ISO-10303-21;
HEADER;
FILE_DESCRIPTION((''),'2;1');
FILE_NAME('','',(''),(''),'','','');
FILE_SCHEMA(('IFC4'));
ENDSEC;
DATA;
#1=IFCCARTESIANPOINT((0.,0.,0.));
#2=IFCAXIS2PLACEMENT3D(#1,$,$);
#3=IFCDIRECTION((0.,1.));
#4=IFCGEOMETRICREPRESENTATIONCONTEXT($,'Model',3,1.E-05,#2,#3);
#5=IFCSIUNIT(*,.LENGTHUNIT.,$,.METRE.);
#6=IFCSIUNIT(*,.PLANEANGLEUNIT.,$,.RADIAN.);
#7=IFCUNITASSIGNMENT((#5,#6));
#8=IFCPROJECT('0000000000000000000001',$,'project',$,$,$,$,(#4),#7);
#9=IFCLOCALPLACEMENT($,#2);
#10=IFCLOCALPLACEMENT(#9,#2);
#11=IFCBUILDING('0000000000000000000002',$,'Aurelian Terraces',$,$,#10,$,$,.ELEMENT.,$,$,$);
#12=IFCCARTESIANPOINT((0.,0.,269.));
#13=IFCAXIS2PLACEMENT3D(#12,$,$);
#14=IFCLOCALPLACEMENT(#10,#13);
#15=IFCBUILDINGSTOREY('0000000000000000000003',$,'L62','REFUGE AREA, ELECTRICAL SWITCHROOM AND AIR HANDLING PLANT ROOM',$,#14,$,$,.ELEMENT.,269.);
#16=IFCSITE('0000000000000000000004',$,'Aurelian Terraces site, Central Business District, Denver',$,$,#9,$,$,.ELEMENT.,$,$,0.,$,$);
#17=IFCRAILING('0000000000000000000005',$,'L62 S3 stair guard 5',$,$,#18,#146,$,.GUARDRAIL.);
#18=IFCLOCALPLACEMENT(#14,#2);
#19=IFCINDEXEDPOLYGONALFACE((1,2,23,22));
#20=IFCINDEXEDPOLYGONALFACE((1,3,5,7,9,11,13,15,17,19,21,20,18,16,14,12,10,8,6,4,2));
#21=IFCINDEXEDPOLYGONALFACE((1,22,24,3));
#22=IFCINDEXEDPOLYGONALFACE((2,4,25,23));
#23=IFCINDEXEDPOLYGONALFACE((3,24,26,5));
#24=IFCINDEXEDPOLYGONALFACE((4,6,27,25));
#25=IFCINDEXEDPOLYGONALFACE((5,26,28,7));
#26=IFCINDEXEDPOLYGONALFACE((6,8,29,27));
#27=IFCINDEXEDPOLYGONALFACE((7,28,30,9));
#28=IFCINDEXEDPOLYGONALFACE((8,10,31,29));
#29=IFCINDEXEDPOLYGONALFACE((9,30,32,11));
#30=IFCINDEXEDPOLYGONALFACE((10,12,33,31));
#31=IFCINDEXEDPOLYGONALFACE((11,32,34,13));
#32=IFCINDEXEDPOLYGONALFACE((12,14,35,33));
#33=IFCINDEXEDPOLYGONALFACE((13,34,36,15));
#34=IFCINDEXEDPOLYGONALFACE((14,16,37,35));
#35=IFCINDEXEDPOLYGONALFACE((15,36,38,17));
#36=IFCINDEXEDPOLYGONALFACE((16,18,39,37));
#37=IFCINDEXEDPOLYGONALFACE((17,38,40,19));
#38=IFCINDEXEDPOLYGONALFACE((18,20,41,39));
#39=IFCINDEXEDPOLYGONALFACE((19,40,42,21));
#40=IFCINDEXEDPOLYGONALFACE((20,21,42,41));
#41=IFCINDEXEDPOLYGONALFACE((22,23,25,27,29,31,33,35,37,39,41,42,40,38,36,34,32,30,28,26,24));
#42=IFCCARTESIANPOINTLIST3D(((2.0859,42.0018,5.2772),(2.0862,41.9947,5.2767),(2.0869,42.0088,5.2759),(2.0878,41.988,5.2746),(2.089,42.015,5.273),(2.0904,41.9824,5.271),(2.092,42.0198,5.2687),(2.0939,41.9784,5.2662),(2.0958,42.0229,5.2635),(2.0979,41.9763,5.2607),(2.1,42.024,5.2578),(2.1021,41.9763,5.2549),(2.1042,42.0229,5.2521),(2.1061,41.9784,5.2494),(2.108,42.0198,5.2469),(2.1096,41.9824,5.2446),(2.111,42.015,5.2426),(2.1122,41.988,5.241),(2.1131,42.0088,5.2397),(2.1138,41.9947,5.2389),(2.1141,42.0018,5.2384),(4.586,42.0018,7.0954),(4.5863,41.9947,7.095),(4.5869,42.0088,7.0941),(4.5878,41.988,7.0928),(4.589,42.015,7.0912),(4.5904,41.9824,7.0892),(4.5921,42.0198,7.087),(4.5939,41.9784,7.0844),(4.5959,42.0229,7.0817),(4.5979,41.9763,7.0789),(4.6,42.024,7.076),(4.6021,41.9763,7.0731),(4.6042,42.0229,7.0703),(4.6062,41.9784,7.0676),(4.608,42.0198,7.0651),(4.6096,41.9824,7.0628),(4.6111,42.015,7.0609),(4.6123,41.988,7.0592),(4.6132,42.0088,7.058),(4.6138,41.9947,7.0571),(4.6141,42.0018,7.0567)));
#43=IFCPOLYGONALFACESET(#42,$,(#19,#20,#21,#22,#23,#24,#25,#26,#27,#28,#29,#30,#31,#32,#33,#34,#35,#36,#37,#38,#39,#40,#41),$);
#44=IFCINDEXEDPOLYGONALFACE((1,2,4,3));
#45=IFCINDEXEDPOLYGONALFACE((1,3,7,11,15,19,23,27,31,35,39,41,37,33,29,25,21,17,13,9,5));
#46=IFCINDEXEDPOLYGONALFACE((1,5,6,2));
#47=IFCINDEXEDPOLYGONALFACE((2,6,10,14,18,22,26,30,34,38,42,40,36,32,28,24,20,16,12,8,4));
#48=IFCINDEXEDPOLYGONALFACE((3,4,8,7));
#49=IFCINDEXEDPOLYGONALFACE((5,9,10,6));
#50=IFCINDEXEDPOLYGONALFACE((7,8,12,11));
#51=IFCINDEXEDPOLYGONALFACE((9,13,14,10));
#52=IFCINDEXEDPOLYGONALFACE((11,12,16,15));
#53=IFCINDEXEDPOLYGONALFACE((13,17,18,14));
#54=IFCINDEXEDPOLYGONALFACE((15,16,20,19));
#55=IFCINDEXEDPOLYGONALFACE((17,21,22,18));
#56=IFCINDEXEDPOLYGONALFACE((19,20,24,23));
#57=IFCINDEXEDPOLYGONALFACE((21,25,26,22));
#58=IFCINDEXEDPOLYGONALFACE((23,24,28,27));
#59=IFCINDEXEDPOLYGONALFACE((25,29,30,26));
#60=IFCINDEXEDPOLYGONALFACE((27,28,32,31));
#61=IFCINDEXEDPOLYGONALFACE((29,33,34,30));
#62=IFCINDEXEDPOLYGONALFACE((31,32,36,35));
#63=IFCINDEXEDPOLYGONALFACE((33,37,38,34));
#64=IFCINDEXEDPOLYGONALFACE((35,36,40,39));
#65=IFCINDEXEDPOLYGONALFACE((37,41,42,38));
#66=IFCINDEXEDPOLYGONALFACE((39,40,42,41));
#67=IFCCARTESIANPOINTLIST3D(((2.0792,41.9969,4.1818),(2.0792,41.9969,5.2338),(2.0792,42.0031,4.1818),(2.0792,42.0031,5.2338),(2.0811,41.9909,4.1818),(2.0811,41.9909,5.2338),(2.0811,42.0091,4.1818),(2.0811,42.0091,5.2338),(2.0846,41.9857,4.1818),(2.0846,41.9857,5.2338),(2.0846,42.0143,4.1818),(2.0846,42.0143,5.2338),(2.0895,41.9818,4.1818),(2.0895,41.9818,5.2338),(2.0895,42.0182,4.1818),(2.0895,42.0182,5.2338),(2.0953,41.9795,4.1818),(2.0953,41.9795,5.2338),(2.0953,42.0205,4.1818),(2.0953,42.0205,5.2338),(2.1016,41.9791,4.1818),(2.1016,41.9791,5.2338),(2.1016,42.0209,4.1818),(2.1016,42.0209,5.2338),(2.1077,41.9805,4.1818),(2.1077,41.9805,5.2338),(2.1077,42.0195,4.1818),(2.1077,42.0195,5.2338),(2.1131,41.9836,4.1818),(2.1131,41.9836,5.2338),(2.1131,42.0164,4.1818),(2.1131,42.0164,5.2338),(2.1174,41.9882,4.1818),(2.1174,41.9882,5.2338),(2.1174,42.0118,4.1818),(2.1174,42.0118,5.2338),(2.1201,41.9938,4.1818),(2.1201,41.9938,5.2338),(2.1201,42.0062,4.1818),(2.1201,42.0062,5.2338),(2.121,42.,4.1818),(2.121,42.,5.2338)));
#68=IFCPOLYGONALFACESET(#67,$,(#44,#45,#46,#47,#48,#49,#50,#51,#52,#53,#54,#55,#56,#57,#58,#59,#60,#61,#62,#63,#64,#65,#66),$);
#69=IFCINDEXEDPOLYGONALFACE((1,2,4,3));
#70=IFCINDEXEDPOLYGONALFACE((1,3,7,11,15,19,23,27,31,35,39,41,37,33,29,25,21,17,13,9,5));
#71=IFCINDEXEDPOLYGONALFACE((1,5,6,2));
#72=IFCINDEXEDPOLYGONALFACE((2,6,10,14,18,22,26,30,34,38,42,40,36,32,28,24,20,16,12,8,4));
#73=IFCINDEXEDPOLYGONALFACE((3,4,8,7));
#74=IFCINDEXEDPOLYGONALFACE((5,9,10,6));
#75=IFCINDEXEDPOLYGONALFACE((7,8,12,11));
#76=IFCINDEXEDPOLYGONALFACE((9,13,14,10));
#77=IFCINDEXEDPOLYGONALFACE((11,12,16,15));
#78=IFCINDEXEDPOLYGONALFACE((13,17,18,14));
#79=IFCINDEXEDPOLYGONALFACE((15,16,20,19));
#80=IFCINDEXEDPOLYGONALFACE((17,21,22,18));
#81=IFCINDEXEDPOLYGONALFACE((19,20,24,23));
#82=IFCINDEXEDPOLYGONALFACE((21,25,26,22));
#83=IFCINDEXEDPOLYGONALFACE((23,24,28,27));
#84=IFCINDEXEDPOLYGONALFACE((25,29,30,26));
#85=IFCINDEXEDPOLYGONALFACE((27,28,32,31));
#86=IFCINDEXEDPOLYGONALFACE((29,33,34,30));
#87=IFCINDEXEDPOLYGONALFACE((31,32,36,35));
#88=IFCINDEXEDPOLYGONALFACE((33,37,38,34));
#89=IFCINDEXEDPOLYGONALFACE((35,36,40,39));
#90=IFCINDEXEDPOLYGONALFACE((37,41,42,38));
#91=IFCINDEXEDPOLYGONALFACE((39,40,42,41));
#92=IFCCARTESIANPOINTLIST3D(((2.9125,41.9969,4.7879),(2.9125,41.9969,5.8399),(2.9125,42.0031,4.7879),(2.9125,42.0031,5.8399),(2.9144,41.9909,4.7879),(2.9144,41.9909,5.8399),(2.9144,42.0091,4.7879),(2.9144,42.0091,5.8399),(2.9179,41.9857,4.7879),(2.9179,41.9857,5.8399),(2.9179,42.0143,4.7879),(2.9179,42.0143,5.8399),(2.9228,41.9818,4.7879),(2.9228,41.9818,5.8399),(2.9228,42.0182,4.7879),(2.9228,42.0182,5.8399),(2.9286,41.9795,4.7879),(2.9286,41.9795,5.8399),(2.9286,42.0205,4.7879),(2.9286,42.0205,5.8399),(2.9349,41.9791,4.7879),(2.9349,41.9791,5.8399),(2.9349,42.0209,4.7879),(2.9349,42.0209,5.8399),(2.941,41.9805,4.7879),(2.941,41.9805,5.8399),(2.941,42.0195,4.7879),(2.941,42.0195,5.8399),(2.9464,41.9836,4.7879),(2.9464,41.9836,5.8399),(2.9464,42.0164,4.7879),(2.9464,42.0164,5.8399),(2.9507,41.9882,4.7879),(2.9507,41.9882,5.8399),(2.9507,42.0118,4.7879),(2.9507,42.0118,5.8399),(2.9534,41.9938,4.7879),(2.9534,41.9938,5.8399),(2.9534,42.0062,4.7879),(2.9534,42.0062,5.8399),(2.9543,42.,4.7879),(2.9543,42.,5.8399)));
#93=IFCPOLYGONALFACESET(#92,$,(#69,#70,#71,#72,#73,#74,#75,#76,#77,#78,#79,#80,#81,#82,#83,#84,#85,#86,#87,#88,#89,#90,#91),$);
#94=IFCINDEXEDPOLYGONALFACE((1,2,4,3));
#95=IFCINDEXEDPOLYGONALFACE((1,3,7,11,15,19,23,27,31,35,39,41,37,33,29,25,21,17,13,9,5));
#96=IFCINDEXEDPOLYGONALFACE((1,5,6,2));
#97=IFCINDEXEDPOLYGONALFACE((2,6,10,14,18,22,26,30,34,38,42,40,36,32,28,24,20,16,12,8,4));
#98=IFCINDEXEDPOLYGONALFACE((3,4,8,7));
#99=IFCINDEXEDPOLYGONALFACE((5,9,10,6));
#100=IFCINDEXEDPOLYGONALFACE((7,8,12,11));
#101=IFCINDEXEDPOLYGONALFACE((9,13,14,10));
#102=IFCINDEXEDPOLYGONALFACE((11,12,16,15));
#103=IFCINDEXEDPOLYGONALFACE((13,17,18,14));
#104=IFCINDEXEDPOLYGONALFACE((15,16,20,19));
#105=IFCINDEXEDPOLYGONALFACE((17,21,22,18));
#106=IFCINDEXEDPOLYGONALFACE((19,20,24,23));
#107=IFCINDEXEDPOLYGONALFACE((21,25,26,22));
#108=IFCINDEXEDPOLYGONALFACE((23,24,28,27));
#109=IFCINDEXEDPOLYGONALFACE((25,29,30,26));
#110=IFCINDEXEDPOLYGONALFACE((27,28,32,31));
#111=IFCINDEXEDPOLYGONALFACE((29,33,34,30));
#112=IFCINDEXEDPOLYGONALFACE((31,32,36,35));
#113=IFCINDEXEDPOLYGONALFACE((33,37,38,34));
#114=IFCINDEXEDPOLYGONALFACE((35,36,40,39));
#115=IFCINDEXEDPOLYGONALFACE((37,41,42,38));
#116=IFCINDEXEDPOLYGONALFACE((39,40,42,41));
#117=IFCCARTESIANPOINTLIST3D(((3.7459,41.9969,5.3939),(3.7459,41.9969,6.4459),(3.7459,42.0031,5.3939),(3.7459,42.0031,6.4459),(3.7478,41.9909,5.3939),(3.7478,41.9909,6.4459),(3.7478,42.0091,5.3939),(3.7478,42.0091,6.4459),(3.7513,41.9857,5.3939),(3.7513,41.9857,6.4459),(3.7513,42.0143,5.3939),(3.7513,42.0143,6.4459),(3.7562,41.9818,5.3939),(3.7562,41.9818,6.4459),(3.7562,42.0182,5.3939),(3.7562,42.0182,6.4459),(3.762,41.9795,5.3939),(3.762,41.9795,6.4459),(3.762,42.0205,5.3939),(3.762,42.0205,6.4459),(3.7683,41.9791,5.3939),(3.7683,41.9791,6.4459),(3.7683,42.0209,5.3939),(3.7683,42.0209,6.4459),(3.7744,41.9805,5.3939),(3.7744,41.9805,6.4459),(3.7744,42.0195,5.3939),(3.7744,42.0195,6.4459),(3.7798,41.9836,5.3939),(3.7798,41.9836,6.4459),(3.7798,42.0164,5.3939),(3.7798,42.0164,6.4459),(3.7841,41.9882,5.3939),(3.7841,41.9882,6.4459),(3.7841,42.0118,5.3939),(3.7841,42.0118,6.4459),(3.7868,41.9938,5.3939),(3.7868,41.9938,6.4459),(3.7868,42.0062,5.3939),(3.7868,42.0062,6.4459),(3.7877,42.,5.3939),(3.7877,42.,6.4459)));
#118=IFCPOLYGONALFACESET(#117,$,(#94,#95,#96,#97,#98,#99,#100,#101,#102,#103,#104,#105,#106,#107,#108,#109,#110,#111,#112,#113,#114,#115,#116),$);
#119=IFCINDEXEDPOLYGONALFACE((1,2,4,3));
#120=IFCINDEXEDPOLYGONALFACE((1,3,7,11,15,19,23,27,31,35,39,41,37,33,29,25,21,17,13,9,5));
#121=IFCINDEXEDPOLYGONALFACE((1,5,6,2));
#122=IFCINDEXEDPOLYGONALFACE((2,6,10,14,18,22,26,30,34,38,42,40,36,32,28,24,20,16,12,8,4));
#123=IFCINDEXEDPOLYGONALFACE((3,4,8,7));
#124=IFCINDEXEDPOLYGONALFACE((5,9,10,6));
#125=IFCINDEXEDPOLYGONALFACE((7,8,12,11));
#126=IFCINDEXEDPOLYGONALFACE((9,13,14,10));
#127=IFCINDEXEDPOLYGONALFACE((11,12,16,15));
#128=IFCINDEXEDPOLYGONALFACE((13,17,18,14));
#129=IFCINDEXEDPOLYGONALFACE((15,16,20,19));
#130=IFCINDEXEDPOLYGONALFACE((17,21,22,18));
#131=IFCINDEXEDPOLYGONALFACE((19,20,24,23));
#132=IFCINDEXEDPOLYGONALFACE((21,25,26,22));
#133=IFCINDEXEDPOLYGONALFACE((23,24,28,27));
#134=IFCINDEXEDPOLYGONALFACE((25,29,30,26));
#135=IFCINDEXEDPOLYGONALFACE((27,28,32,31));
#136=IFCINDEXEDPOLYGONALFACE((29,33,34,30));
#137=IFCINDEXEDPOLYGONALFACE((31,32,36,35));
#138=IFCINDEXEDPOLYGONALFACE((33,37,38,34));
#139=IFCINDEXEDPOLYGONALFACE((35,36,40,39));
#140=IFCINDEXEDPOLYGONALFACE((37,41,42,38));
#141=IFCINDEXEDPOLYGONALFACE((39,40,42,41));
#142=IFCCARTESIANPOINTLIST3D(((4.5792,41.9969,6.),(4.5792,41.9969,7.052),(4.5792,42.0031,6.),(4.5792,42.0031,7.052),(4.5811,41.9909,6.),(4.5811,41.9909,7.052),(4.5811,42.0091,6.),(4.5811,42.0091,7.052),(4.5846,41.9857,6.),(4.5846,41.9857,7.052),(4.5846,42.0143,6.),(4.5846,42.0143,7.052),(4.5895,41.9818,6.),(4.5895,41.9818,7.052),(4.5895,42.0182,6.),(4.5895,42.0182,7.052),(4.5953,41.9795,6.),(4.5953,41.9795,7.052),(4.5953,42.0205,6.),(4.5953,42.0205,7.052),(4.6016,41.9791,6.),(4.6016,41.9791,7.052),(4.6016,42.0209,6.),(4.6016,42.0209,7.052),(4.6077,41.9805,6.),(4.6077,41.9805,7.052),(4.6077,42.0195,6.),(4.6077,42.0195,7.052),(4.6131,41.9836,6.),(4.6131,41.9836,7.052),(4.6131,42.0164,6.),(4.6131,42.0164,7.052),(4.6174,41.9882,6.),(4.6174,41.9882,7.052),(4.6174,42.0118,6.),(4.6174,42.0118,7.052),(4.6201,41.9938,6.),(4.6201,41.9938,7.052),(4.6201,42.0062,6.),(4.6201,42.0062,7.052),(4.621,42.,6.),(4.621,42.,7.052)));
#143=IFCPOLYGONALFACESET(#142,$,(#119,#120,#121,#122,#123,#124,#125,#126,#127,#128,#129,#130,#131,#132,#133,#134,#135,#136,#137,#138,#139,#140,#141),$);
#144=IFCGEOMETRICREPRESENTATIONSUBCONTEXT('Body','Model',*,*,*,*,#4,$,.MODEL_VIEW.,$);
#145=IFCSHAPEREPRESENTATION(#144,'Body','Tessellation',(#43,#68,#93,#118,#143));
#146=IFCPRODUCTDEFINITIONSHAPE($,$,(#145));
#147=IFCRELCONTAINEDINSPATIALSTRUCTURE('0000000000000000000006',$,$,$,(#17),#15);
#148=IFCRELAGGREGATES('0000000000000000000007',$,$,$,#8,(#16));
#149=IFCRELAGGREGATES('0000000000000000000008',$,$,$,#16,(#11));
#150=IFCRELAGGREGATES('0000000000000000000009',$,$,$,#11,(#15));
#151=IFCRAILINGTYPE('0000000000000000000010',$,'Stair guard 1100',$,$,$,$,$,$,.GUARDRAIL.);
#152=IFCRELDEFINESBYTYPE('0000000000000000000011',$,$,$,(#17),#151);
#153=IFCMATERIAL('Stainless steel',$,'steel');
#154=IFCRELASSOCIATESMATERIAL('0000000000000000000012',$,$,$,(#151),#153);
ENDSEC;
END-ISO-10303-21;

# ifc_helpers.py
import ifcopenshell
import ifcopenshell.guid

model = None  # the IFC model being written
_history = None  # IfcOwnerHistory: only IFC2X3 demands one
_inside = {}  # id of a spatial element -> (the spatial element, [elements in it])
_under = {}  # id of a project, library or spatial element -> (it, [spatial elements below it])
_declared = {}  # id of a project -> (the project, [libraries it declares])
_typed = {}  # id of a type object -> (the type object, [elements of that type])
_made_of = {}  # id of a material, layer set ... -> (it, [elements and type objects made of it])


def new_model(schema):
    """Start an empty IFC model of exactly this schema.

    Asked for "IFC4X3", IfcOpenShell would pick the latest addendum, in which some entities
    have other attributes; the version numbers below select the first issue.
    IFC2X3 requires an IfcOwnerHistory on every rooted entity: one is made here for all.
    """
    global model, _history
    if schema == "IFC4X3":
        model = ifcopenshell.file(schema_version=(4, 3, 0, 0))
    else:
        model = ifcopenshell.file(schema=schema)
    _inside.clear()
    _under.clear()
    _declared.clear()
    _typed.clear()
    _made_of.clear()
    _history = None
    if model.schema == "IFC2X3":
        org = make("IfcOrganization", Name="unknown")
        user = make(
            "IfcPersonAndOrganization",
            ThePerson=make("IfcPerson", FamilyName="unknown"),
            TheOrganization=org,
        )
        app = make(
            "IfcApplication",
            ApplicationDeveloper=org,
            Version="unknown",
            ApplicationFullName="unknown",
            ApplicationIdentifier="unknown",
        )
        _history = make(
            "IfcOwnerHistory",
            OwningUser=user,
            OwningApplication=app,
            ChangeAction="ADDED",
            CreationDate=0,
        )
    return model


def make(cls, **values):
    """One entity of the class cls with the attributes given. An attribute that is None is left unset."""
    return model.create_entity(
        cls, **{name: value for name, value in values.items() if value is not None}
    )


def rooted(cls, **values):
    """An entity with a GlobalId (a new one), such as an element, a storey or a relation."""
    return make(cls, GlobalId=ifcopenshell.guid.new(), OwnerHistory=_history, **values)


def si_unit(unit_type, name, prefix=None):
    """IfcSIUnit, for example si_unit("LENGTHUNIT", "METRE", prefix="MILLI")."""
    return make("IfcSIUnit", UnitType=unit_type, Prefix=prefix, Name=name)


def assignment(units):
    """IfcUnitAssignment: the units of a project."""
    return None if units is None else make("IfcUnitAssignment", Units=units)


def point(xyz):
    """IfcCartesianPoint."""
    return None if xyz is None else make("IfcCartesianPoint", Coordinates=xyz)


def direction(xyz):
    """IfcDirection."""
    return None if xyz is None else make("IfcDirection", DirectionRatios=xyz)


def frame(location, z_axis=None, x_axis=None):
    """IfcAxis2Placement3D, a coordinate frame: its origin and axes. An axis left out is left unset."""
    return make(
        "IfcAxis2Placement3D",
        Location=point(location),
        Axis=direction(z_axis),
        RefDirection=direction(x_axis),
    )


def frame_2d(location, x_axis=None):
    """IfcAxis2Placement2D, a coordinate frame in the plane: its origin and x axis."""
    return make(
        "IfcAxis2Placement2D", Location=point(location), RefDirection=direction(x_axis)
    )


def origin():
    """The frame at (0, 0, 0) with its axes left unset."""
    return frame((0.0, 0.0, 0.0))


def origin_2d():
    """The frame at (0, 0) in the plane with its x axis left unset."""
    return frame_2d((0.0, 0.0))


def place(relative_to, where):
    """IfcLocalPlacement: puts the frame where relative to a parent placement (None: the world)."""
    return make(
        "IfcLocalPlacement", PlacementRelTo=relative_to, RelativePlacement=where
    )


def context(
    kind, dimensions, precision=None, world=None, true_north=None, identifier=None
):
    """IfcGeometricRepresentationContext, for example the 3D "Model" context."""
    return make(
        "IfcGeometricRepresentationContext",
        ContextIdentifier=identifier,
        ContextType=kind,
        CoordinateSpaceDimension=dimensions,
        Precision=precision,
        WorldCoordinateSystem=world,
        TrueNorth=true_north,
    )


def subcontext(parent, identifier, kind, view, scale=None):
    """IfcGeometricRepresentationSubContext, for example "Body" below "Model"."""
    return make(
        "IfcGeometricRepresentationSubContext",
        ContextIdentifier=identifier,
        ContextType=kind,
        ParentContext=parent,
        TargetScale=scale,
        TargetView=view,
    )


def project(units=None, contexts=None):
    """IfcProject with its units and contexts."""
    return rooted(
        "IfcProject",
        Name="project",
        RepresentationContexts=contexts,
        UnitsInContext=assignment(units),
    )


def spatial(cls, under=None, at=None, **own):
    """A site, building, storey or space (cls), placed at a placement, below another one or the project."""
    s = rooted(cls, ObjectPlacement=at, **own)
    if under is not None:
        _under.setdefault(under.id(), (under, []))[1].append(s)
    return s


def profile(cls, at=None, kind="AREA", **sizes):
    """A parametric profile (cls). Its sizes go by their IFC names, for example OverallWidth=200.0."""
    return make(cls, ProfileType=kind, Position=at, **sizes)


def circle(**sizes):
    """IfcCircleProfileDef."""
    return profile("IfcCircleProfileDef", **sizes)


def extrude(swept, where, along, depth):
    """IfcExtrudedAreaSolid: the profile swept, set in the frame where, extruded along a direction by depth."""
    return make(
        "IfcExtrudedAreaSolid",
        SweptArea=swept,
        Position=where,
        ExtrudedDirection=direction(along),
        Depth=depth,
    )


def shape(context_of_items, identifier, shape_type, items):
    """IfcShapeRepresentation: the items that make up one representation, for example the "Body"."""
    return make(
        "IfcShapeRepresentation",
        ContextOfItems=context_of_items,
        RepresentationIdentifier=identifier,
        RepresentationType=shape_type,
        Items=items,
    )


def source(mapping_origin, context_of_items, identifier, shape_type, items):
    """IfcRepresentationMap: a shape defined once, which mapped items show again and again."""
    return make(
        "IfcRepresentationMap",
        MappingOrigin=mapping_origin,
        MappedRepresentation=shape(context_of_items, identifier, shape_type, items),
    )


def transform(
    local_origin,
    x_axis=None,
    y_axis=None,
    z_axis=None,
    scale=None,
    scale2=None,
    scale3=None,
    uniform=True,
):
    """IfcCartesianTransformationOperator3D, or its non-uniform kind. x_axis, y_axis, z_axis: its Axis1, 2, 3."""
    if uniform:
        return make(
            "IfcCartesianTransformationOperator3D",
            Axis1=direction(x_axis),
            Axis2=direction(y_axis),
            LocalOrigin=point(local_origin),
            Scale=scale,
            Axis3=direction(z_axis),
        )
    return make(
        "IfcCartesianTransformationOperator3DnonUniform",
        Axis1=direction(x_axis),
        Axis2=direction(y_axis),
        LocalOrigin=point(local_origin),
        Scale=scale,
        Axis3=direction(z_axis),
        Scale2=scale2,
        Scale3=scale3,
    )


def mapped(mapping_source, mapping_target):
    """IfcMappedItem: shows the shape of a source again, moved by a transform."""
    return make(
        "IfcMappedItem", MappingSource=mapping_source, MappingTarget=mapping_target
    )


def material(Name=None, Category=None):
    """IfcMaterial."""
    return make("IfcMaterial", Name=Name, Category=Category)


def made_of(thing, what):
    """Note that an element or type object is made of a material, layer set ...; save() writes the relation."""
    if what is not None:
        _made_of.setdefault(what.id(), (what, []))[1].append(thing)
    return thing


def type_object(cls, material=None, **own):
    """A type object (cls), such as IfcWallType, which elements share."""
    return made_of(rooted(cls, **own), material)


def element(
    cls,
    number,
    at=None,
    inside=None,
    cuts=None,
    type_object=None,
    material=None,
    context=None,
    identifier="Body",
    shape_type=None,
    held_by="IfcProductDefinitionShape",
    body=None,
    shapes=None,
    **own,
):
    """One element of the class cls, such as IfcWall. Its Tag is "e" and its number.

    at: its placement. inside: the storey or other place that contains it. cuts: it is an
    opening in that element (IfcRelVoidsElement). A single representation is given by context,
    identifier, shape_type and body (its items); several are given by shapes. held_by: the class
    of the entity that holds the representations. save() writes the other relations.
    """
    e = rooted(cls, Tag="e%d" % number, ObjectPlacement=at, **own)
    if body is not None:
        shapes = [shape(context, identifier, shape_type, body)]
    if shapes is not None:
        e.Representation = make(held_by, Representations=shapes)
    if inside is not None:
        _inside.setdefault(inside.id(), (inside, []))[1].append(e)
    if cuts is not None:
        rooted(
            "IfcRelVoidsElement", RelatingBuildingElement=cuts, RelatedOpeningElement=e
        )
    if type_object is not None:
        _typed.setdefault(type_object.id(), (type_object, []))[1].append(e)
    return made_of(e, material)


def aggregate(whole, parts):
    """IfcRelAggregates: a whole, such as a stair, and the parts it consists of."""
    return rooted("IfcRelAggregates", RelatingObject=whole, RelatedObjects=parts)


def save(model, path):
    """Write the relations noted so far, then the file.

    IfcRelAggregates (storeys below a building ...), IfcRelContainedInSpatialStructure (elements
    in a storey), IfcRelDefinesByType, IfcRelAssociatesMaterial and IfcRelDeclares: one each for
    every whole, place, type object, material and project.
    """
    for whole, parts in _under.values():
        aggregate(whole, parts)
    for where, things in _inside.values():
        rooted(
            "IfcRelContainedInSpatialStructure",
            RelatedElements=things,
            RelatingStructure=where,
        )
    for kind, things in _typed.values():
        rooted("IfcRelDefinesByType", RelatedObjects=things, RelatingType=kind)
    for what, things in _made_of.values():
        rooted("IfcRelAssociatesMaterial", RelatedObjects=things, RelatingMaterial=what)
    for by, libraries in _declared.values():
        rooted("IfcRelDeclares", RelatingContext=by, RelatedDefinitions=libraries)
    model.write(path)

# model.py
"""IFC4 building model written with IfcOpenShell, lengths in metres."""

from ifc_helpers import new_model, si_unit, direction, frame, origin, origin_2d, place, context, subcontext, project, spatial, circle, extrude, source, transform, mapped, material, type_object, element, save


model = new_model("IFC4")

# Units and contexts
model_context = context("Model", 3, precision=1e-05, world=origin(), true_north=direction((0.0, 1.0)))
body_context = subcontext(model_context, "Body", "Model", "MODEL_VIEW")
ifc_project = project(units=[si_unit("LENGTHUNIT", "METRE"), si_unit("PLANEANGLEUNIT", "RADIAN")], contexts=[model_context])

# Site, building, storey
site_placement = place(None, origin())
site = spatial("IfcSite", under=ifc_project, at=site_placement, Name="Aurelian Terraces site, Central Business District, Denver", CompositionType="ELEMENT", RefElevation=0.0)
building_placement = place(site_placement, origin())
building = spatial("IfcBuilding", under=site, at=building_placement, Name="Aurelian Terraces", CompositionType="ELEMENT")
storey_placement = place(building_placement, frame((0.0, 0.0, 269.0)))
storey = spatial("IfcBuildingStorey", under=building, at=storey_placement, Name="L62", Description="REFUGE AREA, ELECTRICAL SWITCHROOM AND AIR HANDLING PLANT ROOM", CompositionType="ELEMENT", Elevation=269.0)

# Railing
ifc_material_1 = material(Name="Stainless steel", Category="steel")
railing_type_1 = type_object("IfcRailingType", Name="Stair guard 1100", PredefinedType="GUARDRAIL", material=ifc_material_1)
shared_shape_1 = source(origin(), body_context, "Body", "SweptSolid", [
    extrude(circle(Radius=0.024, at=origin_2d()), frame((0.0, 0.0, 1.076), z_axis=(0.808733, 0.0, 0.588176), x_axis=(0.0, 1.0, 0.0)), (0.0, 0.0, 1.0), 3.0913),
    extrude(circle(Radius=0.021, at=origin_2d()), origin(), (0.0, 0.0, 1.0), 1.052),
    extrude(circle(Radius=0.021, at=origin_2d()), frame((0.8333, 0.0, 0.6061)), (0.0, 0.0, 1.0), 1.052),
    extrude(circle(Radius=0.021, at=origin_2d()), frame((1.6667, 0.0, 1.2121)), (0.0, 0.0, 1.0), 1.052),
    extrude(circle(Radius=0.021, at=origin_2d()), frame((2.5, 0.0, 1.8182)), (0.0, 0.0, 1.0), 1.052),
])
for number, where, name in (
    (1, (2.1, 42.0, 4.1818), "L62 S3 stair guard 5"),
):
    element("IfcRailing", number, at=place(storey_placement, frame(where)), inside=storey, type_object=railing_type_1, Name=name, PredefinedType="GUARDRAIL", context=body_context, shape_type="MappedRepresentation", body=[
        mapped(shared_shape_1, transform((0.0, 0.0, 0.0), scale=1.0)),
    ])

save(model, "model.ifc")
